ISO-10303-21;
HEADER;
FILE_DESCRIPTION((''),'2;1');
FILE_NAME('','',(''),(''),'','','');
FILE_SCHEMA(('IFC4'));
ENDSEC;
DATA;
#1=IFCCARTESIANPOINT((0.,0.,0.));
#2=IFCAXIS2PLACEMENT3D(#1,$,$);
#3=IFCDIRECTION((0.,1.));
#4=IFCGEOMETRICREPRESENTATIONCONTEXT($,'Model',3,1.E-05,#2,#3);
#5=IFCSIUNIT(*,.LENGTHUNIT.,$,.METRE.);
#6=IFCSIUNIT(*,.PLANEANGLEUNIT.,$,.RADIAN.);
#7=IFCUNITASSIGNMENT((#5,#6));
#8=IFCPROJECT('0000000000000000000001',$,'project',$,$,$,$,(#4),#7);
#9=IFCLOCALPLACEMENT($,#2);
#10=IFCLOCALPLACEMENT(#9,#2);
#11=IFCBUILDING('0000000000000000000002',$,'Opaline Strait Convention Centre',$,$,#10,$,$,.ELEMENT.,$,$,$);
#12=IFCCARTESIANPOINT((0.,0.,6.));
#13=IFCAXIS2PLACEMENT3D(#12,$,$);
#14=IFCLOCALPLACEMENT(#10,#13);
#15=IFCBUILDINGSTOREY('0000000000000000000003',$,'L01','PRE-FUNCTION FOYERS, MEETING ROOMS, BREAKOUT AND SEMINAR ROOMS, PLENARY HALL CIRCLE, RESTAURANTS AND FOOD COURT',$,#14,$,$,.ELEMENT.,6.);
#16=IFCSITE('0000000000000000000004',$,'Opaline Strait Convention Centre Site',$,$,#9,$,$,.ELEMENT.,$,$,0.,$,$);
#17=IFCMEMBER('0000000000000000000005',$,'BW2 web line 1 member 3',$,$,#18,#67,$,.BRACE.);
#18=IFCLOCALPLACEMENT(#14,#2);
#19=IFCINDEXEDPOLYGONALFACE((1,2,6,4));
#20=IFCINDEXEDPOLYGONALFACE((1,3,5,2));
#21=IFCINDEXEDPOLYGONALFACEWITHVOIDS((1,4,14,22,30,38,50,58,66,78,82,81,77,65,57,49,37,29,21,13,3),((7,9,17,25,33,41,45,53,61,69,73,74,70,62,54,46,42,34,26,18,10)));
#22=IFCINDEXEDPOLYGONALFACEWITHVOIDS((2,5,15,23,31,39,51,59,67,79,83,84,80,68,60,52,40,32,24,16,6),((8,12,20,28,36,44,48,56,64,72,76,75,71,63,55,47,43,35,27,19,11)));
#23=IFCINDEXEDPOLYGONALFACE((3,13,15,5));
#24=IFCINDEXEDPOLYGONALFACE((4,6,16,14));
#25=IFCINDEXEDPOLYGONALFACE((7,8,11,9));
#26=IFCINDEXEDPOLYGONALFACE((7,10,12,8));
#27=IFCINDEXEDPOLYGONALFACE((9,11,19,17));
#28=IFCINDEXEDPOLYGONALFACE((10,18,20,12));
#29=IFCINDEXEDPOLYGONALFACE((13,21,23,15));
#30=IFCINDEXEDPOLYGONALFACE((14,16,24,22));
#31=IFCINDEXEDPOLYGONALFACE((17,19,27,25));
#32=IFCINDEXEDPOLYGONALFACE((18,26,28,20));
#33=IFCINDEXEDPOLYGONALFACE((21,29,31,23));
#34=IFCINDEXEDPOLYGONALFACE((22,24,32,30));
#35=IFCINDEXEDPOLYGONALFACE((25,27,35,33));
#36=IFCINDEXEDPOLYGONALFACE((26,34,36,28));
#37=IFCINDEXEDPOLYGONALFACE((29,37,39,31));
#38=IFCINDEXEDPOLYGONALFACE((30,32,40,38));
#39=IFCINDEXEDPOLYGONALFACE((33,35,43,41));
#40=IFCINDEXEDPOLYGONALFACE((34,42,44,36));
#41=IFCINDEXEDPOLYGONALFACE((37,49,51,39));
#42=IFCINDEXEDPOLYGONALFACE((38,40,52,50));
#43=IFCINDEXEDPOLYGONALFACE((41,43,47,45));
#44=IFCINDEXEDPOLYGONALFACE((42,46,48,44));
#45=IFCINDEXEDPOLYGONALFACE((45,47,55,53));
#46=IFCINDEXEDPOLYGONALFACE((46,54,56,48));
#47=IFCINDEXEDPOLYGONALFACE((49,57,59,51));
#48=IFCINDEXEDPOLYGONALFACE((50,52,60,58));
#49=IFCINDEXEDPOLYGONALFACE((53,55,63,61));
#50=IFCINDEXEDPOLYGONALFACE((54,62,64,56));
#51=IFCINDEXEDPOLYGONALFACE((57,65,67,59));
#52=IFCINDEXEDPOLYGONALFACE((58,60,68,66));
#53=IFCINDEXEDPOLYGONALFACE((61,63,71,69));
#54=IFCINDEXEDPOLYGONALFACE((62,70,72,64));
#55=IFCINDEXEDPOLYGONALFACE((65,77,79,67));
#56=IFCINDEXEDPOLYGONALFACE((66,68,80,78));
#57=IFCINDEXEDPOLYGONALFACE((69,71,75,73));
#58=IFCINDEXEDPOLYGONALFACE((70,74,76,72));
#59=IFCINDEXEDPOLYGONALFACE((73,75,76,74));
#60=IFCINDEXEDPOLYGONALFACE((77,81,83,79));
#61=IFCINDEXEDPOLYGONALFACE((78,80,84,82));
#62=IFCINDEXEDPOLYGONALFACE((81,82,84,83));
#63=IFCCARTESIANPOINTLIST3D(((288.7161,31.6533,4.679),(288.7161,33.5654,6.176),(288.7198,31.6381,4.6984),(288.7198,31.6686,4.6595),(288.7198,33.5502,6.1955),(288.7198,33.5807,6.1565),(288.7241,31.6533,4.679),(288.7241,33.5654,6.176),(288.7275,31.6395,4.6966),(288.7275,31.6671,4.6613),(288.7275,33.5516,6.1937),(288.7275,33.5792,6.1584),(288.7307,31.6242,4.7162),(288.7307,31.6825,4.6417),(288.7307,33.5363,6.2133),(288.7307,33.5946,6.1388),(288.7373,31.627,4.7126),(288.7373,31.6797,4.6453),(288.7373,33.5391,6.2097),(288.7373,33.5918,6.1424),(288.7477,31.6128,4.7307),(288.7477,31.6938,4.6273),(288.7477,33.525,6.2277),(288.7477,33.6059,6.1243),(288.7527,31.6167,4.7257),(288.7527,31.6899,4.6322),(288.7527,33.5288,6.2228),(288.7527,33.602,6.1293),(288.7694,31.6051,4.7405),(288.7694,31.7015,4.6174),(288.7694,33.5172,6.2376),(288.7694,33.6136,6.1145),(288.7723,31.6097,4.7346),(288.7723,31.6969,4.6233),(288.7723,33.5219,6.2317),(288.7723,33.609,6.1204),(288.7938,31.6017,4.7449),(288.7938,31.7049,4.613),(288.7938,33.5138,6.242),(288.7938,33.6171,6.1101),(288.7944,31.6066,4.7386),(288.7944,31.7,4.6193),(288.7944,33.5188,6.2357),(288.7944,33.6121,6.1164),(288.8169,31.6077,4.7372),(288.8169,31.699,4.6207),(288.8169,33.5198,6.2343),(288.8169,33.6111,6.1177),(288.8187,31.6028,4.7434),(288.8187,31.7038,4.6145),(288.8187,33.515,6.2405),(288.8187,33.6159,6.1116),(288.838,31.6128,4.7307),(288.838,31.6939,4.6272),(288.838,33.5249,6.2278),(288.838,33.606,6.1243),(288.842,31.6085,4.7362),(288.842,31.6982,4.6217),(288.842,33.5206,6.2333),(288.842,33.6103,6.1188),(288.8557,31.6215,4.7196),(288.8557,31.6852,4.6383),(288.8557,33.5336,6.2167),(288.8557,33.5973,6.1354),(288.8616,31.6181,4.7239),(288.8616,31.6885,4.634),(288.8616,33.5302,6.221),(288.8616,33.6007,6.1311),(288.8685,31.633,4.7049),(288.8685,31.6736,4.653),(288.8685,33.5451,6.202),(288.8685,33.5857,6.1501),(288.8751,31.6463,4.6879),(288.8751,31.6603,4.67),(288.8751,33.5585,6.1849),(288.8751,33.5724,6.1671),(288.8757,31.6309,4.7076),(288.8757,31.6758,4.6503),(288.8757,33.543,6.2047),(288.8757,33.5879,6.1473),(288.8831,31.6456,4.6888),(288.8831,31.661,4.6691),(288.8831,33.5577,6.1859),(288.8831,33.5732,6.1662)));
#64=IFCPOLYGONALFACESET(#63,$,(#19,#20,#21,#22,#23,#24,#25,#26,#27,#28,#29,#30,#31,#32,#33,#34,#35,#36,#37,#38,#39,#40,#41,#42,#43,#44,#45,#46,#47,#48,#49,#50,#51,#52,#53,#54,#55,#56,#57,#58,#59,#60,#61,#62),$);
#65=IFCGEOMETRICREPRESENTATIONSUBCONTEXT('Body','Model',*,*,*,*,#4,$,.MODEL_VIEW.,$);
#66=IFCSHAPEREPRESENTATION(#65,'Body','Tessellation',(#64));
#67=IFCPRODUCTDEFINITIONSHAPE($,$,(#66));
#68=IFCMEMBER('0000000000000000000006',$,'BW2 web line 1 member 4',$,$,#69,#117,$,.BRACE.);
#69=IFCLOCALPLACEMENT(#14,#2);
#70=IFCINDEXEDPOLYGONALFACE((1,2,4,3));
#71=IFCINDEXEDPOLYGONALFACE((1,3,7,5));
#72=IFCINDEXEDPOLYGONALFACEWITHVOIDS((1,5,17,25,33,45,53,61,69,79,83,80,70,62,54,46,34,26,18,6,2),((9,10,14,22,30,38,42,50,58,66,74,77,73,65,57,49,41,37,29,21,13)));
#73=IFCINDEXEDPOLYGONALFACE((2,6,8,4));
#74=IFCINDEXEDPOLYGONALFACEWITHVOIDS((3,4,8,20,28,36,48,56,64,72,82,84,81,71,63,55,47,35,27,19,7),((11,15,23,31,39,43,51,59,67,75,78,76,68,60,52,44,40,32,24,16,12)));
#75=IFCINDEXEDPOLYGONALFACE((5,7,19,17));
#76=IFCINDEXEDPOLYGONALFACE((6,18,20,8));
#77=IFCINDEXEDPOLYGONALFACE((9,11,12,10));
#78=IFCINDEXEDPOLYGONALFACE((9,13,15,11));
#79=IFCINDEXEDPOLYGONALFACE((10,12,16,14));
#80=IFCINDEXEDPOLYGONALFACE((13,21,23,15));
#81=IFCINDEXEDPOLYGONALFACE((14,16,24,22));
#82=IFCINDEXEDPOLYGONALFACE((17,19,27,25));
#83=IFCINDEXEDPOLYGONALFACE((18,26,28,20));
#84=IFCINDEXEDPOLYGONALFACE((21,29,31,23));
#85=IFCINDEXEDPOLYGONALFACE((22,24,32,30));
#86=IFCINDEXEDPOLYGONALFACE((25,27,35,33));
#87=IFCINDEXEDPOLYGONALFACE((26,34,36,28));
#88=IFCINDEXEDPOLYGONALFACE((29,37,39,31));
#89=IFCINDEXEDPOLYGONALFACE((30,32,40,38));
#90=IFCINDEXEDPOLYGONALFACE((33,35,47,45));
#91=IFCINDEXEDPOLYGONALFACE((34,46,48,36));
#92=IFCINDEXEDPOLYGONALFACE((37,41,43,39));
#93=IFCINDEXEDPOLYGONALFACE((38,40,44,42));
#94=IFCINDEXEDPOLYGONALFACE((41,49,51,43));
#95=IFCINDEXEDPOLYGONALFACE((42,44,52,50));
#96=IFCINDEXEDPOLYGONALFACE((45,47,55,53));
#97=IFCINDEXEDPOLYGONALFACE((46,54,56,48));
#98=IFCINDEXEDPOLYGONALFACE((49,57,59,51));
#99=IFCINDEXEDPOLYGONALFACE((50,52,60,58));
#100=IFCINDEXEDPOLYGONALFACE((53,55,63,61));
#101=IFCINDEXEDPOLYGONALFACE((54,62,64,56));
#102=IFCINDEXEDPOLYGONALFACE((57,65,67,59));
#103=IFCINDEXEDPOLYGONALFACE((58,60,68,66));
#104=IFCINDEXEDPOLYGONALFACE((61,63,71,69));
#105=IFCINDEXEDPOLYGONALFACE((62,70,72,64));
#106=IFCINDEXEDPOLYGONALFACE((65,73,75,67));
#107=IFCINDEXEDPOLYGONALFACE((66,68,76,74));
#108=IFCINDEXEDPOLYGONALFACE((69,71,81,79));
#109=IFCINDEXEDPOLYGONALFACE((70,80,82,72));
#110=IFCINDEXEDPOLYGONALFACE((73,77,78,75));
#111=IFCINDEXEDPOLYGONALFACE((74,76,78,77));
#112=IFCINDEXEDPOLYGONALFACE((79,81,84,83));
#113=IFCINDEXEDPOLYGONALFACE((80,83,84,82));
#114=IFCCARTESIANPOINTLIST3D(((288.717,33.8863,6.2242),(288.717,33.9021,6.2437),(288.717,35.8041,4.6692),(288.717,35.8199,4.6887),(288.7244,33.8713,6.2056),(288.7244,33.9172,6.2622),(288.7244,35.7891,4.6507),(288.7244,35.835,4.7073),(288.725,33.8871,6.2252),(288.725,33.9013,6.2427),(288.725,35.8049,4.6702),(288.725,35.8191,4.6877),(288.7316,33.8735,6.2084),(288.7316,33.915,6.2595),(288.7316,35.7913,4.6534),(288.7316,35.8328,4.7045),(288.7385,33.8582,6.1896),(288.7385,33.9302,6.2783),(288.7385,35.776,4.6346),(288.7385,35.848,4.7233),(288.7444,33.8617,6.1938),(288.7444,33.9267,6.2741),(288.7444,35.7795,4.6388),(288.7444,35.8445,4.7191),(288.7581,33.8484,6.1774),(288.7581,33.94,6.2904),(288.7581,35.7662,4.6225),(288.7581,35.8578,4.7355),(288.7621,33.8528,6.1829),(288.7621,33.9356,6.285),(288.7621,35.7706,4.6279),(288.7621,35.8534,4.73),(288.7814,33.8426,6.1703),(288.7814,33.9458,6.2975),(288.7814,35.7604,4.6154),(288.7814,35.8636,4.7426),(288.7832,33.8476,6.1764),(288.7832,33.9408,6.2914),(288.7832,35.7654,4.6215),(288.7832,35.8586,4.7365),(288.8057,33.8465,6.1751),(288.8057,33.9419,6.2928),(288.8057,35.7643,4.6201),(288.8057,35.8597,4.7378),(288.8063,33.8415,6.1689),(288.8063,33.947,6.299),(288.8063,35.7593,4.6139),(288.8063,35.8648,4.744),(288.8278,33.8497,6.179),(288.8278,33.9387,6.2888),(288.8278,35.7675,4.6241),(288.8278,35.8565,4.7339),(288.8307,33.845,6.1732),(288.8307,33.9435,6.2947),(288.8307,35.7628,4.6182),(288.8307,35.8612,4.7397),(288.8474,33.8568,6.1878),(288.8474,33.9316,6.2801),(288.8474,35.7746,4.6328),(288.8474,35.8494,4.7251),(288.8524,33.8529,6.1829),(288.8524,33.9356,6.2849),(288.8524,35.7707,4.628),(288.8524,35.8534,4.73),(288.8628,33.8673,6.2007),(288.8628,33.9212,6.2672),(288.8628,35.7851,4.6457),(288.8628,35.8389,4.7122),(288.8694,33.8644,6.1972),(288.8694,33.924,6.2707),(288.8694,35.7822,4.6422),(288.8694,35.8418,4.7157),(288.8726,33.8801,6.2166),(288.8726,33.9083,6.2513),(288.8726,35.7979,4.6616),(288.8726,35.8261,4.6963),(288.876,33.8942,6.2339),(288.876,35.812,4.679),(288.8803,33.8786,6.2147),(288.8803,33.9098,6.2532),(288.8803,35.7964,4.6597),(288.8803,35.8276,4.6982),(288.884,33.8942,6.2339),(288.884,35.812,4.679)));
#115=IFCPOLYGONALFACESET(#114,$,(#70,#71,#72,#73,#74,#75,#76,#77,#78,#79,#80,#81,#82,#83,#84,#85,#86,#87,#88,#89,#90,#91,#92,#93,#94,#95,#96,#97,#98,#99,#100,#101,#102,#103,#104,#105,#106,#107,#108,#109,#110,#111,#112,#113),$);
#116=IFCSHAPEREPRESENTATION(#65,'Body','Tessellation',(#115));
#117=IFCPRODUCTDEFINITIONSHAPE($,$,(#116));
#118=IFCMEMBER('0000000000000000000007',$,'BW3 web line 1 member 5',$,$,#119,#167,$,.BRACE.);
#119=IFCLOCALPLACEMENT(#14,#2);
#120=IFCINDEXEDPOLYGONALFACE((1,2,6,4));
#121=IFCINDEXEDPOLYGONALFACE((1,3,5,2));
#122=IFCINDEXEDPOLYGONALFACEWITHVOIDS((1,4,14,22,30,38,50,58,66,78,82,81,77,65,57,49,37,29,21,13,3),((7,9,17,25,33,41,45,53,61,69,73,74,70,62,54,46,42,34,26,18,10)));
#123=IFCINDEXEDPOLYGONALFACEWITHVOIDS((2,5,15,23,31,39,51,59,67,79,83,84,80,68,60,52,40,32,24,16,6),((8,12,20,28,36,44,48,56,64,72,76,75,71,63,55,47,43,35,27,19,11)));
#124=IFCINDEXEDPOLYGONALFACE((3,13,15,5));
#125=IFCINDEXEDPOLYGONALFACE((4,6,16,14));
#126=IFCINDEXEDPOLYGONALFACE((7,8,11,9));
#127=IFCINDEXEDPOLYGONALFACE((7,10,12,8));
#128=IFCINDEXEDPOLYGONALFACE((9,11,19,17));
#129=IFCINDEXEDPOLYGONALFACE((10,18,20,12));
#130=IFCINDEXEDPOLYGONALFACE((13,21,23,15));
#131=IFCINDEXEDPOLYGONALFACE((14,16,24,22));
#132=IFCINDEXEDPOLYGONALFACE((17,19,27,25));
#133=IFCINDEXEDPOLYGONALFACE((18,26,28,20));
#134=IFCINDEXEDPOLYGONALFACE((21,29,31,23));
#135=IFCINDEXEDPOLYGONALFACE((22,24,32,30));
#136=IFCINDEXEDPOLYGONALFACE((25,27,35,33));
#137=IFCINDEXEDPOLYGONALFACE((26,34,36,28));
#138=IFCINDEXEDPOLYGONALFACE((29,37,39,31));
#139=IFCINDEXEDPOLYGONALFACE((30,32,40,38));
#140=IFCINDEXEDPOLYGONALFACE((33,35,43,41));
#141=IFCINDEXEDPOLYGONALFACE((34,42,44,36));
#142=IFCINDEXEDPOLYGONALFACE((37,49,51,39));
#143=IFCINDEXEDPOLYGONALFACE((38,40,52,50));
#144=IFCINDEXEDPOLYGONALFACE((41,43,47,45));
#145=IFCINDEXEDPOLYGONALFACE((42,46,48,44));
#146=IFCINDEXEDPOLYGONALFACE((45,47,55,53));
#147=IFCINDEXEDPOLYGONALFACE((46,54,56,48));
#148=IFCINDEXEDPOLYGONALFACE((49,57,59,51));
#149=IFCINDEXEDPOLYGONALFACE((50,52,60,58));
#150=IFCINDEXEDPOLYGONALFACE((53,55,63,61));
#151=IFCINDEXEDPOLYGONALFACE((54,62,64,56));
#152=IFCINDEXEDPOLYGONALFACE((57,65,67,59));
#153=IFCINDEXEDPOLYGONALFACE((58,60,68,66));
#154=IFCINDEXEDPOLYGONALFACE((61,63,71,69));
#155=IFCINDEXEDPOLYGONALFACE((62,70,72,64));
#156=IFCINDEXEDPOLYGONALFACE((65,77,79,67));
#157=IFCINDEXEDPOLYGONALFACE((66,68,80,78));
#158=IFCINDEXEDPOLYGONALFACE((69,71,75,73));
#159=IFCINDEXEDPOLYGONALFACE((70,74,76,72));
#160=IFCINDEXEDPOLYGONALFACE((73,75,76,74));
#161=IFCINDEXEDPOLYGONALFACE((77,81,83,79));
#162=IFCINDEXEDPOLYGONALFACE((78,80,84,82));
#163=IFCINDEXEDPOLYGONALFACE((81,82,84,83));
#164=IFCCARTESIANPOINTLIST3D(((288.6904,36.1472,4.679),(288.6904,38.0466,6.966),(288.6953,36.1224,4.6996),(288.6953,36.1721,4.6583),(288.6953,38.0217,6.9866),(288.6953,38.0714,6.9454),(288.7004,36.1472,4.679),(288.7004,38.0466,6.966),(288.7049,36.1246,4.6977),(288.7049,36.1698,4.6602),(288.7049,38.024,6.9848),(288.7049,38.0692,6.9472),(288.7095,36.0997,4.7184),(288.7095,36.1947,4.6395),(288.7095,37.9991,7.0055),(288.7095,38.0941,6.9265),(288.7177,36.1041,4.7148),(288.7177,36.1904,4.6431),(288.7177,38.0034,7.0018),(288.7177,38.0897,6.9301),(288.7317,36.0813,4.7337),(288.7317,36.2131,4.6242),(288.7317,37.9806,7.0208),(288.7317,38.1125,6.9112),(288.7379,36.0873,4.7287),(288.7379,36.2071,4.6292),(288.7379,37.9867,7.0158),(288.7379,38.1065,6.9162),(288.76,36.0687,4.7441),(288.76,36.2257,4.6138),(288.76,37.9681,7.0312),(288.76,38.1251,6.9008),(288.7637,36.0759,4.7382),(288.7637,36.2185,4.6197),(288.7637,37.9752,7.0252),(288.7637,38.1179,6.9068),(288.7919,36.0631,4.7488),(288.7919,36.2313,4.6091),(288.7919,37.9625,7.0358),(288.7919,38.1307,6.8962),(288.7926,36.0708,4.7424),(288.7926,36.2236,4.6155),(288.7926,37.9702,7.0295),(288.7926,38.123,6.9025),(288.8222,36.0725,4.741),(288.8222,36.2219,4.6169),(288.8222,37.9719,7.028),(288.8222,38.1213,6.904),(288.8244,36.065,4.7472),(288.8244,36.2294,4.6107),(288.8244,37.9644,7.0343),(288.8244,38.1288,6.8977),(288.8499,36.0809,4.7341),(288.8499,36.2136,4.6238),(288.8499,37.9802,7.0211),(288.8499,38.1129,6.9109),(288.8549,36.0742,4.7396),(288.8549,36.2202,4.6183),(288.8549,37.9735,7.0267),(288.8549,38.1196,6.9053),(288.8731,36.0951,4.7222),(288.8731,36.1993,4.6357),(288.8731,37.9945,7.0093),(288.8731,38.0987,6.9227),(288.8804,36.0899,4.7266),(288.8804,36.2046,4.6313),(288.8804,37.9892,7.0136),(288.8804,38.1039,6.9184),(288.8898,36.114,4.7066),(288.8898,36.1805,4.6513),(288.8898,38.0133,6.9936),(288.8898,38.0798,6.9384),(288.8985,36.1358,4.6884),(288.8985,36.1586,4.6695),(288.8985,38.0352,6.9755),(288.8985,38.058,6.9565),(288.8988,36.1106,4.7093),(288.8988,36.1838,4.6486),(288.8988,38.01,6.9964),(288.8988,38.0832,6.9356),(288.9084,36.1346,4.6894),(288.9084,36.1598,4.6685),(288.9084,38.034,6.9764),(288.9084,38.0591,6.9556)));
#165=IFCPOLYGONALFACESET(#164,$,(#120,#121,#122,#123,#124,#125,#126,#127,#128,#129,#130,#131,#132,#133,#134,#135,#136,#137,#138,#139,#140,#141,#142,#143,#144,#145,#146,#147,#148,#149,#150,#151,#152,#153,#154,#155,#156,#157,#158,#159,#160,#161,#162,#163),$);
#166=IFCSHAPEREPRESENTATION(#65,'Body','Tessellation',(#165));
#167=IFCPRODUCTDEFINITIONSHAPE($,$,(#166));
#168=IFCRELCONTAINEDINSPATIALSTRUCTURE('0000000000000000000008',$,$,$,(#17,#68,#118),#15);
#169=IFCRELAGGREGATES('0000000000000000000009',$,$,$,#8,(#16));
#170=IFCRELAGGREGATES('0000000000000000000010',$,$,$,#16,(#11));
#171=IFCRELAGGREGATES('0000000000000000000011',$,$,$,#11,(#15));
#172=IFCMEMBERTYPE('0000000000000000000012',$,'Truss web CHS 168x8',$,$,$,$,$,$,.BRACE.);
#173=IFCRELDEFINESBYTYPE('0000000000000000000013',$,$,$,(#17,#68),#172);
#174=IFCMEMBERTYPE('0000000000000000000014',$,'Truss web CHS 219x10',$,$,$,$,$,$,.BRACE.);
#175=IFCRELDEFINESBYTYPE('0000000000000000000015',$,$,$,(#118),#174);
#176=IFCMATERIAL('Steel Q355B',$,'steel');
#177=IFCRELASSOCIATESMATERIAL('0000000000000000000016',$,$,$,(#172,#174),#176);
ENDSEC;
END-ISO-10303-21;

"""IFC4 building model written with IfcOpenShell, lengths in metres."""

from ifc_helpers import new_model, si_unit, direction, frame, origin, origin_2d, place, context, subcontext, project, spatial, hollow_circle, extrude, material, material_profile, profile_set, type_object, element, save


model = new_model("IFC4")

# Units and contexts
model_context = context("Model", 3, precision=1e-05, world=origin(), true_north=direction((0.0, 1.0)))
body_context = subcontext(model_context, "Body", "Model", "MODEL_VIEW")
ifc_project = project(units=[si_unit("LENGTHUNIT", "METRE"), si_unit("PLANEANGLEUNIT", "RADIAN")], contexts=[model_context])

# Site, building, storey
site_placement = place(None, origin())
site = spatial("IfcSite", under=ifc_project, at=site_placement, Name="Opaline Strait Convention Centre Site", CompositionType="ELEMENT", RefElevation=0.0)
building_placement = place(site_placement, origin())
building = spatial("IfcBuilding", under=site, at=building_placement, Name="Opaline Strait Convention Centre", CompositionType="ELEMENT")
storey_placement = place(building_placement, frame((0.0, 0.0, 6.0)))
storey = spatial("IfcBuildingStorey", under=building, at=storey_placement, Name="L01", Description="PRE-FUNCTION FOYERS, MEETING ROOMS, BREAKOUT AND SEMINAR ROOMS, PLENARY HALL CIRCLE, RESTAURANTS AND FOOD COURT", CompositionType="ELEMENT", Elevation=6.0)

# Members
ifc_material_1 = material(Name="Steel Q355B", Category="steel")
ifc_material_profile_1 = material_profile(ifc_material_1, hollow_circle(Radius=0.084, WallThickness=0.0081, at=origin_2d()), Name="CHS 168x8")
ifc_profile_set_1 = profile_set([ifc_material_profile_1], Name="Steel Q355B")
member_type_1 = type_object("IfcMemberType", Name="Truss web CHS 168x8", PredefinedType="BRACE", material=ifc_profile_set_1)
member_1_placement = place(storey_placement, frame((288.8, 31.6533, 4.679), z_axis=(0.0, 0.787378, 0.616471), x_axis=(-1.0, 0.0, 0.0)))
element("IfcMember", 1, at=member_1_placement, inside=storey, type_object=member_type_1, Name="BW2 web line 1 member 3", PredefinedType="BRACE", context=body_context, shape_type="SweptSolid", body=[
    extrude(hollow_circle(Radius=0.084, WallThickness=0.0081, at=origin_2d()), origin(), (0.0, 0.0, 1.0), 2.4285),
])
member_2_placement = place(storey_placement, frame((288.8, 35.812, 4.679), z_axis=(0.0, -0.776752, 0.629807), x_axis=(1.0, 0.0, 0.0)))
element("IfcMember", 2, at=member_2_placement, inside=storey, type_object=member_type_1, Name="BW2 web line 1 member 4", PredefinedType="BRACE", context=body_context, shape_type="SweptSolid", body=[
    extrude(hollow_circle(Radius=0.084, WallThickness=0.0081, at=origin_2d()), origin(), (0.0, 0.0, 1.0), 2.469),
])
ifc_material_profile_2 = material_profile(ifc_material_1, hollow_circle(Radius=0.1096, WallThickness=0.01, at=origin_2d()), Name="CHS 219x10")
ifc_profile_set_2 = profile_set([ifc_material_profile_2], Name="Steel Q355B")
member_type_2 = type_object("IfcMemberType", Name="Truss web CHS 219x10", PredefinedType="BRACE", material=ifc_profile_set_2)
member_3_placement = place(storey_placement, frame((288.8, 36.1472, 4.679), z_axis=(0.0, 0.638891, 0.769297), x_axis=(-1.0, 0.0, 0.0)))
element("IfcMember", 3, at=member_3_placement, inside=storey, type_object=member_type_2, Name="BW3 web line 1 member 5", PredefinedType="BRACE", context=body_context, shape_type="SweptSolid", body=[
    extrude(hollow_circle(Radius=0.1096, WallThickness=0.01, at=origin_2d()), origin(), (0.0, 0.0, 1.0), 2.9729),
])

save(model, "model.ifc")
